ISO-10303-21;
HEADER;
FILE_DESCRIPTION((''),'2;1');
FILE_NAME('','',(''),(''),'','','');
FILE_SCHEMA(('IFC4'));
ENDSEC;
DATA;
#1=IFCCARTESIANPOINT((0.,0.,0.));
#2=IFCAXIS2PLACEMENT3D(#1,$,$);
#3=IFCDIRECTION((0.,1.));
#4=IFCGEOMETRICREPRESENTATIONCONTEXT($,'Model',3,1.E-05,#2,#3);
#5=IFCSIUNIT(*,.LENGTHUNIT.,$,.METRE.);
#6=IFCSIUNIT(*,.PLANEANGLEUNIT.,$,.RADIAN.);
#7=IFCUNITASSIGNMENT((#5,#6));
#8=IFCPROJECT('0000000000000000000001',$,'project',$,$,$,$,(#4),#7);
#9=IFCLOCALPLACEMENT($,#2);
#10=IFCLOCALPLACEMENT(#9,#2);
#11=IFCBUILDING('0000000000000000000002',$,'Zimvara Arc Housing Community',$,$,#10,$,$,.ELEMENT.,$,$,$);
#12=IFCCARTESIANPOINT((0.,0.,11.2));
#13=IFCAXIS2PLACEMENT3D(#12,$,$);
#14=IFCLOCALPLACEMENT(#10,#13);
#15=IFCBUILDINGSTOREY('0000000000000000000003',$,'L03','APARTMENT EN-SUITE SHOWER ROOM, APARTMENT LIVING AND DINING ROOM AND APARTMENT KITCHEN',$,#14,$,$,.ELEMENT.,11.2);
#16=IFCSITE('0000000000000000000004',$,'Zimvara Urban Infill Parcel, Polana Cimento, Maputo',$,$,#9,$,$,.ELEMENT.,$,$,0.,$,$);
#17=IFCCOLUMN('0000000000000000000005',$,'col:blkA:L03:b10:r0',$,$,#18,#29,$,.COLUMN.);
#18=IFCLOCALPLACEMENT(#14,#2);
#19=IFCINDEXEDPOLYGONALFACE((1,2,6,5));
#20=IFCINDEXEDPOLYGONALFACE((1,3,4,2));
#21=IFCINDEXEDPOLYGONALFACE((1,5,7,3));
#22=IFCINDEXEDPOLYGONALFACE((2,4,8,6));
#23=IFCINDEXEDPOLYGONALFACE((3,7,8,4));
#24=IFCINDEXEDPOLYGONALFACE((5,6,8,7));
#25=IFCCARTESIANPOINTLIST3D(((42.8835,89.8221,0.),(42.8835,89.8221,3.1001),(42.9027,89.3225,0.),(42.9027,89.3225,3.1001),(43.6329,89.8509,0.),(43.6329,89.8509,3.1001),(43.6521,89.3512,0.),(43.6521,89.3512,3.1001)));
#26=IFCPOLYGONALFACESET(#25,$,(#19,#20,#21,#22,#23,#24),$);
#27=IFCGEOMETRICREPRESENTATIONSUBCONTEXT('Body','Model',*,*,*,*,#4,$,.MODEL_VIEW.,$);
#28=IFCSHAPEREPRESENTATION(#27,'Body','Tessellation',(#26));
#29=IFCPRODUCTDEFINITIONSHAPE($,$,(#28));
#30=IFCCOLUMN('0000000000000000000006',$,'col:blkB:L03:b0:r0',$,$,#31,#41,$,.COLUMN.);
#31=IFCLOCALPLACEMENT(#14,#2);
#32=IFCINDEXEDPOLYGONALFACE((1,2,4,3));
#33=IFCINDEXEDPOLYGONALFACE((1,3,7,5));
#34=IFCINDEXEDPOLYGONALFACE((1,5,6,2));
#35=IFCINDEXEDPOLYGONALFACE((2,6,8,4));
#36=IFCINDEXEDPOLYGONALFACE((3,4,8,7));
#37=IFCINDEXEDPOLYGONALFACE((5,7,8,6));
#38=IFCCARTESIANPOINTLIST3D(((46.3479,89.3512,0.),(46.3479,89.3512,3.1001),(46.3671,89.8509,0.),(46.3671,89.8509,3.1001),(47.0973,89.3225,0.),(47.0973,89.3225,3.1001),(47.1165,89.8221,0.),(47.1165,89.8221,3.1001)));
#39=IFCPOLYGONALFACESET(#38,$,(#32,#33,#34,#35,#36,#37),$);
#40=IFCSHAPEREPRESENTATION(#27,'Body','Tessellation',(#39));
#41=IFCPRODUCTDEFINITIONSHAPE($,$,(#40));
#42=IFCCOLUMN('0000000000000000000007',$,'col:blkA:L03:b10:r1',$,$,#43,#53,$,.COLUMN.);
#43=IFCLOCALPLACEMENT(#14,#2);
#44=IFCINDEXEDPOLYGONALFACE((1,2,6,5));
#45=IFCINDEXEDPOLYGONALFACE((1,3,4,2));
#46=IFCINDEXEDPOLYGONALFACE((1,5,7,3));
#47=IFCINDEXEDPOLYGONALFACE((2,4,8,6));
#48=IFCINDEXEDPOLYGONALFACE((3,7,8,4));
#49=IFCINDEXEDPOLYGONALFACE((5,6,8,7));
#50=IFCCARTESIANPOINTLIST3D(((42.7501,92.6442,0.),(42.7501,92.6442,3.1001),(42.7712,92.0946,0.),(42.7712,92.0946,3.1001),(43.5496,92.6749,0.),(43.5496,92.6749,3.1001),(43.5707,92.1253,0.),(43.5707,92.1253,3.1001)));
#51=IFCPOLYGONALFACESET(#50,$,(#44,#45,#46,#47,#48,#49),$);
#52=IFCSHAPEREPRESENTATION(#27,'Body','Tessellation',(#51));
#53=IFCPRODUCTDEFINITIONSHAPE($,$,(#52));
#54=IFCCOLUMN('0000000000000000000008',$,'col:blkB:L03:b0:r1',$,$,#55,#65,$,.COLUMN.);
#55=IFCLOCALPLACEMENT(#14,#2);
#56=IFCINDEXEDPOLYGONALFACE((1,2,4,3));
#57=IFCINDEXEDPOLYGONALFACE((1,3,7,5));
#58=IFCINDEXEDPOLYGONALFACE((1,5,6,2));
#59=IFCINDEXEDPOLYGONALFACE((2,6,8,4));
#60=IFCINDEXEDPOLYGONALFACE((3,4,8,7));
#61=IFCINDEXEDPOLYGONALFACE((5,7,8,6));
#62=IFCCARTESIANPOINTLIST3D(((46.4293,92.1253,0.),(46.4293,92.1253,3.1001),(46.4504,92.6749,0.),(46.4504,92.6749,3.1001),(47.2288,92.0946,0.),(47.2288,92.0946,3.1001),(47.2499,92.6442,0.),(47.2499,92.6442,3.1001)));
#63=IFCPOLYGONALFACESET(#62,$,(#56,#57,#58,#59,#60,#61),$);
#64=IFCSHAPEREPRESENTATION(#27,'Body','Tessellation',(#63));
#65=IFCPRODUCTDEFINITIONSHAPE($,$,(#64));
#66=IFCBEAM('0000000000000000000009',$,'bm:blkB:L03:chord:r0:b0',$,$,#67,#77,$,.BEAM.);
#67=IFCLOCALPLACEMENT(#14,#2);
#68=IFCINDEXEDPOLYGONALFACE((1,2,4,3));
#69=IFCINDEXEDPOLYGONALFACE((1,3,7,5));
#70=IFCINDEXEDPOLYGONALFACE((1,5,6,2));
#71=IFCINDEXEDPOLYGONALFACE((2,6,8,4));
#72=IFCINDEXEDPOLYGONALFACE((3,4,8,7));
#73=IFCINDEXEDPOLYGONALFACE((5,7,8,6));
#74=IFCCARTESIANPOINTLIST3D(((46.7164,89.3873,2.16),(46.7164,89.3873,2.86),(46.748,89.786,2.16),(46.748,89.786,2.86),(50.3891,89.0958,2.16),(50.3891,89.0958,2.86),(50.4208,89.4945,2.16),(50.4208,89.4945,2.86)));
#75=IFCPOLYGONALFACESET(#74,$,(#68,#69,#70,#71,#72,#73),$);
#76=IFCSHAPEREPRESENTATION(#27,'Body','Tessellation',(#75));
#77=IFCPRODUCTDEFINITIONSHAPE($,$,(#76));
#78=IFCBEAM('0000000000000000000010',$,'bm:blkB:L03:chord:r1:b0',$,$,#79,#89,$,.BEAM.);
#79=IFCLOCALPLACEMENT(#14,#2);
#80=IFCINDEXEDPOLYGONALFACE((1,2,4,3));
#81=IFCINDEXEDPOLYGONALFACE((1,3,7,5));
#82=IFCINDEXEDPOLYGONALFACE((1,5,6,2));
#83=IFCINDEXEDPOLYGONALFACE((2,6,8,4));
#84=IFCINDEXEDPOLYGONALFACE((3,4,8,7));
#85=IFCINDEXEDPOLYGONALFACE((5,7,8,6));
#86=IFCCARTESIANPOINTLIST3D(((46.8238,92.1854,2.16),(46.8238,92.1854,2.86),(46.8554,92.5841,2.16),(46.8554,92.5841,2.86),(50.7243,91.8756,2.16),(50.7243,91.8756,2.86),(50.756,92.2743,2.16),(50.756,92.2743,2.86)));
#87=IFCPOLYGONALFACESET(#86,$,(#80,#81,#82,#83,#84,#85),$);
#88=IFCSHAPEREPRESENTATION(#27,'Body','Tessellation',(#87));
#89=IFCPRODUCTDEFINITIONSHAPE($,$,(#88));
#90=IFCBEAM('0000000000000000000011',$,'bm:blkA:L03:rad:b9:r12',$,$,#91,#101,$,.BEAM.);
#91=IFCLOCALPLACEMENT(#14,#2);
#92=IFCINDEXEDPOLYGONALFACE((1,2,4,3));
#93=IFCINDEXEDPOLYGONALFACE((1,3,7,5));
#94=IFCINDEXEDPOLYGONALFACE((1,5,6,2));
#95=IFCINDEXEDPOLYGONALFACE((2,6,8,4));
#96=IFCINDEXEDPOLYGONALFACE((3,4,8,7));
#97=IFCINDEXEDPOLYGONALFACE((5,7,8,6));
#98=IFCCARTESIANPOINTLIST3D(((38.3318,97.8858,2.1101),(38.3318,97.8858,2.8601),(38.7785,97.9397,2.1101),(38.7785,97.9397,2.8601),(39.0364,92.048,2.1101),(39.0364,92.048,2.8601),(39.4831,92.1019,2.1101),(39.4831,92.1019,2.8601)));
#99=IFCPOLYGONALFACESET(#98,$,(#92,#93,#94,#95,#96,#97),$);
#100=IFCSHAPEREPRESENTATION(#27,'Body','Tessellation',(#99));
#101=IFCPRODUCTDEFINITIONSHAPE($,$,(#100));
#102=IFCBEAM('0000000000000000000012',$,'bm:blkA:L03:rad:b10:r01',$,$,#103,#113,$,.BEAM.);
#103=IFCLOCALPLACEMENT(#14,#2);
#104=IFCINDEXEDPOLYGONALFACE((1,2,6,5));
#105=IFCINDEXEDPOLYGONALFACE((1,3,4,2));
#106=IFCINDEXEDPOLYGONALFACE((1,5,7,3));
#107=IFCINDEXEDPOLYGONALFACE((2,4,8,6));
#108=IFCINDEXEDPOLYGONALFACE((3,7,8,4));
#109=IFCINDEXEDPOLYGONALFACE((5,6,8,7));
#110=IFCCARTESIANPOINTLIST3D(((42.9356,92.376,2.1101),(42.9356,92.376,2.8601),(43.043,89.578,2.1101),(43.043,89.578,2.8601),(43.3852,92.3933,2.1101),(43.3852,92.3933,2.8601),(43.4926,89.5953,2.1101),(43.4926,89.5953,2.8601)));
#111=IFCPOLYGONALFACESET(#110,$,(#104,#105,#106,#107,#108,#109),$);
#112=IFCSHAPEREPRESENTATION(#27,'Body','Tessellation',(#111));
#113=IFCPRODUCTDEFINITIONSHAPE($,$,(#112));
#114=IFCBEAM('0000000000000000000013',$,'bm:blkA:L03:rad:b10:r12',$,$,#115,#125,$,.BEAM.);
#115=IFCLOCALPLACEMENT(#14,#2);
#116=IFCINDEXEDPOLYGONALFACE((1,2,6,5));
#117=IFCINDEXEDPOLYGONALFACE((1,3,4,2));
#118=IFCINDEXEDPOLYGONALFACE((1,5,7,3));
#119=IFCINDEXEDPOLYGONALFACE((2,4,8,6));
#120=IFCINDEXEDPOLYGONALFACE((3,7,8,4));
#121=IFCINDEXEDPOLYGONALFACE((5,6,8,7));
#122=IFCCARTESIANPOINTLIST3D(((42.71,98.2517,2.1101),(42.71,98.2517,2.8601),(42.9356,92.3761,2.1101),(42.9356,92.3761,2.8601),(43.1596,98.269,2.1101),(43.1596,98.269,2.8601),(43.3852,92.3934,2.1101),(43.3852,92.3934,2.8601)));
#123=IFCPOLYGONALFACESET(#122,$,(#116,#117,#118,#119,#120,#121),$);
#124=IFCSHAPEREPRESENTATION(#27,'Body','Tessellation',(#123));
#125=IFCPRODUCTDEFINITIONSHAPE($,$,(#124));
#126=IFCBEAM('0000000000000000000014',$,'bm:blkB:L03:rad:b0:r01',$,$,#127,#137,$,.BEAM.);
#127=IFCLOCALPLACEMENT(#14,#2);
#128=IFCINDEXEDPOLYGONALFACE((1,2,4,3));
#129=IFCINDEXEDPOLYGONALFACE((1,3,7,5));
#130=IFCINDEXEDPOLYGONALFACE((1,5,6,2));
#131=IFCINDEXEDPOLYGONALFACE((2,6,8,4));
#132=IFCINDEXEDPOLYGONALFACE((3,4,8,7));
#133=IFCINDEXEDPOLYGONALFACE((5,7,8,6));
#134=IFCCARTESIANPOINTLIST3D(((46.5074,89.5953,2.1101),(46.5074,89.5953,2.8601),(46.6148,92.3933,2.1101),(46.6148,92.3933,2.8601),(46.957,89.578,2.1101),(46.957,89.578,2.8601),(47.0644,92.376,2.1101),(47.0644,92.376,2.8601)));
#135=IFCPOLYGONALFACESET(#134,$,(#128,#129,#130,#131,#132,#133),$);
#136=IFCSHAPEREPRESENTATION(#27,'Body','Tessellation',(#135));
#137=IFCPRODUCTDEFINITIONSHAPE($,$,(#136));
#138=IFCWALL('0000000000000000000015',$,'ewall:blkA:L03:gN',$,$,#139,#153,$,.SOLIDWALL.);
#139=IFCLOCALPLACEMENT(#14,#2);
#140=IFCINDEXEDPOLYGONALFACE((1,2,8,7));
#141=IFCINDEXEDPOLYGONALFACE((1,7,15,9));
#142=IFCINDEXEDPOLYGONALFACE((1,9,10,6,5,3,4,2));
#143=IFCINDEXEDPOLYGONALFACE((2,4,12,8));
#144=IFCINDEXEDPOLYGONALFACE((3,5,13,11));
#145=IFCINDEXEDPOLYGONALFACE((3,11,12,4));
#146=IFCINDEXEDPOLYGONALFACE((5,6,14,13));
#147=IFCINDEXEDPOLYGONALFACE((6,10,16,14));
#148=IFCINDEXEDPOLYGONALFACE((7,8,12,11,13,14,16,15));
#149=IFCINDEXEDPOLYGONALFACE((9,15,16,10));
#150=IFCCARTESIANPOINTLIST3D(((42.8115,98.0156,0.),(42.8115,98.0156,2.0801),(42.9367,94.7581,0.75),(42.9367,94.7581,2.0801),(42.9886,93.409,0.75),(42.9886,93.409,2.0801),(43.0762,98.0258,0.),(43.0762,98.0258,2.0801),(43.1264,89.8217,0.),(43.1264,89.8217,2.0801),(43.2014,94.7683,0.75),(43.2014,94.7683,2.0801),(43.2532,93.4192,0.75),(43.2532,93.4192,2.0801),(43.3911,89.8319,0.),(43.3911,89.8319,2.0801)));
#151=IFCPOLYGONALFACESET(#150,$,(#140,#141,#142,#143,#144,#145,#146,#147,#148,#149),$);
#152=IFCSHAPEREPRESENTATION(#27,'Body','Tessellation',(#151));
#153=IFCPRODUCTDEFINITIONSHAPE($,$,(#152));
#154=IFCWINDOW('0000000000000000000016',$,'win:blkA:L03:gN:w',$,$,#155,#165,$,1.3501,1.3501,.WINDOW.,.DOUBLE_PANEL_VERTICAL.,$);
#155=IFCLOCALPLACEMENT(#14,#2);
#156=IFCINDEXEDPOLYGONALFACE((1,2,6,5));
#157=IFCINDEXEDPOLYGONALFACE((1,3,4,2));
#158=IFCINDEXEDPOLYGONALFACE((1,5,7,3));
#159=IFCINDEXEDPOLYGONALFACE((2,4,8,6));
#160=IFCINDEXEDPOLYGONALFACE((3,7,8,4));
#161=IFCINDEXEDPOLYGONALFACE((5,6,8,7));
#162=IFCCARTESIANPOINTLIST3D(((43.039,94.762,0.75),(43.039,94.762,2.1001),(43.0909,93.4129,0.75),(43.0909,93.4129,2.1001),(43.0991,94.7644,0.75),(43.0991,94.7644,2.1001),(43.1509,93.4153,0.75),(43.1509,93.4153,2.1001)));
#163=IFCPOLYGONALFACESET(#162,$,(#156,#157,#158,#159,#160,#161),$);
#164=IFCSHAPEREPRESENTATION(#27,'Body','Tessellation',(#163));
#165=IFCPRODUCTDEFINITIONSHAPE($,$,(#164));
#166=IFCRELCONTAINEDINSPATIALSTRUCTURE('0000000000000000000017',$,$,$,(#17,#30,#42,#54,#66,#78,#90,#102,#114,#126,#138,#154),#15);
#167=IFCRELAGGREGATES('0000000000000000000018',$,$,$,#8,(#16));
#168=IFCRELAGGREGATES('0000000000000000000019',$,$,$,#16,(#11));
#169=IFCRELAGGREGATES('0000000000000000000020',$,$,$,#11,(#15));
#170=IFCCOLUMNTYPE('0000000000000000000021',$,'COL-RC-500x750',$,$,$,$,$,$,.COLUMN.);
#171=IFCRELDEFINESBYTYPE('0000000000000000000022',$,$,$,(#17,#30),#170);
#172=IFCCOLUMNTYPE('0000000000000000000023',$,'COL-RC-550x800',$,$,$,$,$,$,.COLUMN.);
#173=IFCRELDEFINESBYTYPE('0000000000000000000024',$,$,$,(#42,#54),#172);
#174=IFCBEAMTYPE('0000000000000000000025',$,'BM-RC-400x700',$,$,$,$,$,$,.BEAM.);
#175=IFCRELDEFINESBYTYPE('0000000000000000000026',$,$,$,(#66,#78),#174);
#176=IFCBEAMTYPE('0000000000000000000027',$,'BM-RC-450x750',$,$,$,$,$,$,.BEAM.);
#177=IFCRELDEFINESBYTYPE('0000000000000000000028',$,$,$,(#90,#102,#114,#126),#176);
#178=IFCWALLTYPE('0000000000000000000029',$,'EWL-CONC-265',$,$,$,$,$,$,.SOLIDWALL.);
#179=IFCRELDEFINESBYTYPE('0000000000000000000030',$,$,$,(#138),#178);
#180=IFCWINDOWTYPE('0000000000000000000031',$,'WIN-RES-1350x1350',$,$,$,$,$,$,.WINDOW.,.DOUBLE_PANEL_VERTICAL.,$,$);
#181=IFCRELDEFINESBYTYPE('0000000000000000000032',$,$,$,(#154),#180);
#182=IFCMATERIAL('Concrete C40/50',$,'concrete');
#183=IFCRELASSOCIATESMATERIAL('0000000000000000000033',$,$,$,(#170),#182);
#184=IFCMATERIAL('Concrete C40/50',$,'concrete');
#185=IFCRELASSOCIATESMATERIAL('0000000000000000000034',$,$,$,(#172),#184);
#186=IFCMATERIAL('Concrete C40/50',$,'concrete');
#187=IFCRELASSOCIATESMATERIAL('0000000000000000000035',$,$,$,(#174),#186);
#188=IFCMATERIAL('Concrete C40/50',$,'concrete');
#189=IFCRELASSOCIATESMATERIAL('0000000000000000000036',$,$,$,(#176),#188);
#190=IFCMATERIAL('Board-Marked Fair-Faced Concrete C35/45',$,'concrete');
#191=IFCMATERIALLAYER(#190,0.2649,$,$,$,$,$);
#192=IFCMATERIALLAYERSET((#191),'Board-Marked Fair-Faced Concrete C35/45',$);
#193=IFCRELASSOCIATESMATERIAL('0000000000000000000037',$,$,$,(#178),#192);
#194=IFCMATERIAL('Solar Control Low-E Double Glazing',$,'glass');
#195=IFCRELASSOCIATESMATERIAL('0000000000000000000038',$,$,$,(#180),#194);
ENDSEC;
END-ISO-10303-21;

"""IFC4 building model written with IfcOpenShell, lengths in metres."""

from ifc_helpers import new_model, si_unit, direction, frame, frame_2d, origin, origin_2d, place, context, subcontext, project, spatial, rectangle, extrude, material, layer, layer_set, material_profile, profile_set, type_object, element, fill, save


model = new_model("IFC4")

# Units and contexts
model_context = context("Model", 3, precision=1e-05, world=origin(), true_north=direction((0.0, 1.0)))
body_context = subcontext(model_context, "Body", "Model", "MODEL_VIEW")
ifc_project = project(units=[si_unit("LENGTHUNIT", "METRE"), si_unit("PLANEANGLEUNIT", "RADIAN")], contexts=[model_context])

# Site, building, storey
site_placement = place(None, origin())
site = spatial("IfcSite", under=ifc_project, at=site_placement, Name="Zimvara Urban Infill Parcel, Polana Cimento, Maputo", CompositionType="ELEMENT", RefElevation=0.0)
building_placement = place(site_placement, origin())
building = spatial("IfcBuilding", under=site, at=building_placement, Name="Zimvara Arc Housing Community", CompositionType="ELEMENT")
storey_placement = place(building_placement, frame((0.0, 0.0, 11.2)))
storey = spatial("IfcBuildingStorey", under=building, at=storey_placement, Name="L03", Description="APARTMENT EN-SUITE SHOWER ROOM, APARTMENT LIVING AND DINING ROOM AND APARTMENT KITCHEN", CompositionType="ELEMENT", Elevation=11.2)

# Columns
ifc_material_1 = material(Name="Concrete C40/50", Category="concrete")
ifc_material_profile_1 = material_profile(ifc_material_1, rectangle(XDim=0.5, YDim=0.75, at=origin_2d()), Name="RC 500x750")
ifc_profile_set_1 = profile_set([ifc_material_profile_1], Name="Concrete C40/50")
column_type_1 = type_object("IfcColumnType", Name="COL-RC-500x750", PredefinedType="COLUMN", material=ifc_profile_set_1)
for number, where, z_axis, x_axis, name in (
    (1, (43.2678, 89.5867, 0.0), (0.0, 0.0, 1.0), (-0.038388, 0.999263, 0.0), "col:blkA:L03:b10:r0"),
    (2, (46.7322, 89.5867, 0.0), (0.0, 0.0, 1.0), (0.038388, 0.999263, 0.0), "col:blkB:L03:b0:r0"),
):
    element("IfcColumn", number, at=place(storey_placement, frame(where, z_axis=z_axis, x_axis=x_axis)), inside=storey, type_object=column_type_1, Name=name, PredefinedType="COLUMN", context=body_context, shape_type="SweptSolid", body=[
        extrude(rectangle(XDim=0.5, YDim=0.75, at=origin_2d()), origin(), (0.0, 0.0, 1.0), 3.1001),
    ])
ifc_material_2 = material(Name="Concrete C40/50", Category="concrete")
ifc_material_profile_2 = material_profile(ifc_material_2, rectangle(XDim=0.55, YDim=0.8, at=origin_2d()), Name="RC 550x800")
ifc_profile_set_2 = profile_set([ifc_material_profile_2], Name="Concrete C40/50")
column_type_2 = type_object("IfcColumnType", Name="COL-RC-550x800", PredefinedType="COLUMN", material=ifc_profile_set_2)
for number, where, z_axis, x_axis, name in (
    (3, (43.1604, 92.3848, 0.0), (0.0, 0.0, 1.0), (-0.038388, 0.999263, 0.0), "col:blkA:L03:b10:r1"),
    (4, (46.8396, 92.3848, 0.0), (0.0, 0.0, 1.0), (0.038388, 0.999263, 0.0), "col:blkB:L03:b0:r1"),
):
    element("IfcColumn", number, at=place(storey_placement, frame(where, z_axis=z_axis, x_axis=x_axis)), inside=storey, type_object=column_type_2, Name=name, PredefinedType="COLUMN", context=body_context, shape_type="SweptSolid", body=[
        extrude(rectangle(XDim=0.55, YDim=0.8, at=origin_2d()), origin(), (0.0, 0.0, 1.0), 3.1001),
    ])

# Beams
ifc_material_3 = material(Name="Concrete C40/50", Category="concrete")
ifc_material_profile_3 = material_profile(ifc_material_3, rectangle(XDim=0.3999, YDim=0.7, at=origin_2d()), Name="RC 400x700")
ifc_profile_set_3 = profile_set([ifc_material_profile_3], Name="Concrete C40/50")
beam_type_1 = type_object("IfcBeamType", Name="BM-RC-400x700", PredefinedType="BEAM", material=ifc_profile_set_3)
beam_1_placement = place(storey_placement, frame((46.7322, 89.5867, 2.51), z_axis=(0.996865, -0.079118, 0.0), x_axis=(0.079118, 0.996865, 0.0)))
element("IfcBeam", 5, at=beam_1_placement, inside=storey, type_object=beam_type_1, Name="bm:blkB:L03:chord:r0:b0", PredefinedType="BEAM", context=body_context, shape_type="SweptSolid", body=[
    extrude(rectangle(XDim=0.3999, YDim=0.7, at=origin_2d()), origin(), (0.0, 0.0, 1.0), 3.6843),
])
beam_2_placement = place(storey_placement, frame((46.8396, 92.3848, 2.51), z_axis=(0.996861, -0.079177, 0.0), x_axis=(0.079177, 0.996861, 0.0)))
element("IfcBeam", 6, at=beam_2_placement, inside=storey, type_object=beam_type_1, Name="bm:blkB:L03:chord:r1:b0", PredefinedType="BEAM", context=body_context, shape_type="SweptSolid", body=[
    extrude(rectangle(XDim=0.3999, YDim=0.7, at=origin_2d()), origin(), (0.0, 0.0, 1.0), 3.9128),
])
ifc_material_4 = material(Name="Concrete C40/50", Category="concrete")
ifc_material_profile_4 = material_profile(ifc_material_4, rectangle(XDim=0.45, YDim=0.75, at=origin_2d()), Name="RC 450x750")
ifc_profile_set_4 = profile_set([ifc_material_profile_4], Name="Concrete C40/50")
beam_type_2 = type_object("IfcBeamType", Name="BM-RC-450x750", PredefinedType="BEAM", material=ifc_profile_set_4)
beam_3_placement = place(storey_placement, frame((39.2598, 92.075, 2.4851), z_axis=(-0.119828, 0.992795, 0.0), x_axis=(-0.992795, -0.119828, 0.0)))
element("IfcBeam", 7, at=beam_3_placement, inside=storey, type_object=beam_type_2, Name="bm:blkA:L03:rad:b9:r12", PredefinedType="BEAM", context=body_context, shape_type="SweptSolid", body=[
    extrude(rectangle(XDim=0.45, YDim=0.75, at=origin_2d()), origin(), (0.0, 0.0, 1.0), 5.8801),
])
beam_4_placement = place(storey_placement, frame((43.2678, 89.5867, 2.4851), z_axis=(-0.038363, 0.999264, 0.0), x_axis=(-0.999264, -0.038363, 0.0)))
element("IfcBeam", 8, at=beam_4_placement, inside=storey, type_object=beam_type_2, Name="bm:blkA:L03:rad:b10:r01", PredefinedType="BEAM", context=body_context, shape_type="SweptSolid", body=[
    extrude(rectangle(XDim=0.45, YDim=0.75, at=origin_2d()), origin(), (0.0, 0.0, 1.0), 2.8),
])
beam_5_placement = place(storey_placement, frame((43.1604, 92.3848, 2.4851), z_axis=(-0.038366, 0.999264, 0.0), x_axis=(-0.999264, -0.038366, 0.0)))
element("IfcBeam", 9, at=beam_5_placement, inside=storey, type_object=beam_type_2, Name="bm:blkA:L03:rad:b10:r12", PredefinedType="BEAM", context=body_context, shape_type="SweptSolid", body=[
    extrude(rectangle(XDim=0.45, YDim=0.75, at=origin_2d()), origin(), (0.0, 0.0, 1.0), 5.8799),
])
beam_6_placement = place(storey_placement, frame((46.7322, 89.5867, 2.4851), z_axis=(0.038363, 0.999264, 0.0), x_axis=(-0.999264, 0.038363, 0.0)))
element("IfcBeam", 10, at=beam_6_placement, inside=storey, type_object=beam_type_2, Name="bm:blkB:L03:rad:b0:r01", PredefinedType="BEAM", context=body_context, shape_type="SweptSolid", body=[
    extrude(rectangle(XDim=0.45, YDim=0.75, at=origin_2d()), origin(), (0.0, 0.0, 1.0), 2.8),
])

# Wall, opening, window
ifc_material_5 = material(Name="Board-Marked Fair-Faced Concrete C35/45", Category="concrete")
ifc_layer_1 = layer(ifc_material_5, 0.2649)
ifc_layer_set_1 = layer_set([ifc_layer_1], Name="Board-Marked Fair-Faced Concrete C35/45")
wall_type_1 = type_object("IfcWallType", Name="EWL-CONC-265", PredefinedType="SOLIDWALL", material=ifc_layer_set_1)
wall_1_placement = place(storey_placement, frame((43.2588, 89.8267, 0.0), z_axis=(0.0, 0.0, 1.0), x_axis=(-0.038408, 0.999262, 0.0)))
wall_1 = element("IfcWall", 11, at=wall_1_placement, inside=storey, type_object=wall_type_1, Name="ewall:blkA:L03:gN", PredefinedType="SOLIDWALL", context=body_context, shape_type="SweptSolid", body=[
    extrude(rectangle(XDim=8.2, YDim=0.2649, at=frame_2d((4.1001, 0.0))), origin(), (0.0, 0.0, 1.0), 2.0801),
])
opening_1_placement = place(wall_1_placement, frame((3.5901, 0.0, 0.75)))
opening_1 = element("IfcOpeningElement", 12, at=opening_1_placement, cuts=wall_1, PredefinedType="OPENING", context=body_context, shape_type="SweptSolid", body=[
    extrude(rectangle(XDim=1.3501, YDim=1.3501, at=frame_2d((0.675, 0.675))), frame((0.0, 0.1423, 0.0), z_axis=(0.0, -1.0, 0.0), x_axis=(1.0, 0.0, 0.0)), (0.0, 0.0, 1.0), 0.2849),
])
ifc_material_6 = material(Name="Solar Control Low-E Double Glazing", Category="glass")
window_type = type_object("IfcWindowType", Name="WIN-RES-1350x1350", PartitioningType="DOUBLE_PANEL_VERTICAL", PredefinedType="WINDOW", material=ifc_material_6)
window_1_placement = place(opening_1_placement, origin())
window_1 = element("IfcWindow", 13, at=window_1_placement, inside=storey, type_object=window_type, Name="win:blkA:L03:gN:w", OverallHeight=1.3501, OverallWidth=1.3501, PartitioningType="DOUBLE_PANEL_VERTICAL", PredefinedType="WINDOW", context=body_context, shape_type="SweptSolid", body=[
    extrude(rectangle(XDim=1.3501, YDim=1.3501, at=frame_2d((0.675, 0.675))), frame((0.0, 0.03, 0.0), z_axis=(0.0, -1.0, 0.0), x_axis=(1.0, 0.0, 0.0)), (0.0, 0.0, 1.0), 0.0601),
])
fill(opening_1, window_1)

save(model, "model.ifc")
